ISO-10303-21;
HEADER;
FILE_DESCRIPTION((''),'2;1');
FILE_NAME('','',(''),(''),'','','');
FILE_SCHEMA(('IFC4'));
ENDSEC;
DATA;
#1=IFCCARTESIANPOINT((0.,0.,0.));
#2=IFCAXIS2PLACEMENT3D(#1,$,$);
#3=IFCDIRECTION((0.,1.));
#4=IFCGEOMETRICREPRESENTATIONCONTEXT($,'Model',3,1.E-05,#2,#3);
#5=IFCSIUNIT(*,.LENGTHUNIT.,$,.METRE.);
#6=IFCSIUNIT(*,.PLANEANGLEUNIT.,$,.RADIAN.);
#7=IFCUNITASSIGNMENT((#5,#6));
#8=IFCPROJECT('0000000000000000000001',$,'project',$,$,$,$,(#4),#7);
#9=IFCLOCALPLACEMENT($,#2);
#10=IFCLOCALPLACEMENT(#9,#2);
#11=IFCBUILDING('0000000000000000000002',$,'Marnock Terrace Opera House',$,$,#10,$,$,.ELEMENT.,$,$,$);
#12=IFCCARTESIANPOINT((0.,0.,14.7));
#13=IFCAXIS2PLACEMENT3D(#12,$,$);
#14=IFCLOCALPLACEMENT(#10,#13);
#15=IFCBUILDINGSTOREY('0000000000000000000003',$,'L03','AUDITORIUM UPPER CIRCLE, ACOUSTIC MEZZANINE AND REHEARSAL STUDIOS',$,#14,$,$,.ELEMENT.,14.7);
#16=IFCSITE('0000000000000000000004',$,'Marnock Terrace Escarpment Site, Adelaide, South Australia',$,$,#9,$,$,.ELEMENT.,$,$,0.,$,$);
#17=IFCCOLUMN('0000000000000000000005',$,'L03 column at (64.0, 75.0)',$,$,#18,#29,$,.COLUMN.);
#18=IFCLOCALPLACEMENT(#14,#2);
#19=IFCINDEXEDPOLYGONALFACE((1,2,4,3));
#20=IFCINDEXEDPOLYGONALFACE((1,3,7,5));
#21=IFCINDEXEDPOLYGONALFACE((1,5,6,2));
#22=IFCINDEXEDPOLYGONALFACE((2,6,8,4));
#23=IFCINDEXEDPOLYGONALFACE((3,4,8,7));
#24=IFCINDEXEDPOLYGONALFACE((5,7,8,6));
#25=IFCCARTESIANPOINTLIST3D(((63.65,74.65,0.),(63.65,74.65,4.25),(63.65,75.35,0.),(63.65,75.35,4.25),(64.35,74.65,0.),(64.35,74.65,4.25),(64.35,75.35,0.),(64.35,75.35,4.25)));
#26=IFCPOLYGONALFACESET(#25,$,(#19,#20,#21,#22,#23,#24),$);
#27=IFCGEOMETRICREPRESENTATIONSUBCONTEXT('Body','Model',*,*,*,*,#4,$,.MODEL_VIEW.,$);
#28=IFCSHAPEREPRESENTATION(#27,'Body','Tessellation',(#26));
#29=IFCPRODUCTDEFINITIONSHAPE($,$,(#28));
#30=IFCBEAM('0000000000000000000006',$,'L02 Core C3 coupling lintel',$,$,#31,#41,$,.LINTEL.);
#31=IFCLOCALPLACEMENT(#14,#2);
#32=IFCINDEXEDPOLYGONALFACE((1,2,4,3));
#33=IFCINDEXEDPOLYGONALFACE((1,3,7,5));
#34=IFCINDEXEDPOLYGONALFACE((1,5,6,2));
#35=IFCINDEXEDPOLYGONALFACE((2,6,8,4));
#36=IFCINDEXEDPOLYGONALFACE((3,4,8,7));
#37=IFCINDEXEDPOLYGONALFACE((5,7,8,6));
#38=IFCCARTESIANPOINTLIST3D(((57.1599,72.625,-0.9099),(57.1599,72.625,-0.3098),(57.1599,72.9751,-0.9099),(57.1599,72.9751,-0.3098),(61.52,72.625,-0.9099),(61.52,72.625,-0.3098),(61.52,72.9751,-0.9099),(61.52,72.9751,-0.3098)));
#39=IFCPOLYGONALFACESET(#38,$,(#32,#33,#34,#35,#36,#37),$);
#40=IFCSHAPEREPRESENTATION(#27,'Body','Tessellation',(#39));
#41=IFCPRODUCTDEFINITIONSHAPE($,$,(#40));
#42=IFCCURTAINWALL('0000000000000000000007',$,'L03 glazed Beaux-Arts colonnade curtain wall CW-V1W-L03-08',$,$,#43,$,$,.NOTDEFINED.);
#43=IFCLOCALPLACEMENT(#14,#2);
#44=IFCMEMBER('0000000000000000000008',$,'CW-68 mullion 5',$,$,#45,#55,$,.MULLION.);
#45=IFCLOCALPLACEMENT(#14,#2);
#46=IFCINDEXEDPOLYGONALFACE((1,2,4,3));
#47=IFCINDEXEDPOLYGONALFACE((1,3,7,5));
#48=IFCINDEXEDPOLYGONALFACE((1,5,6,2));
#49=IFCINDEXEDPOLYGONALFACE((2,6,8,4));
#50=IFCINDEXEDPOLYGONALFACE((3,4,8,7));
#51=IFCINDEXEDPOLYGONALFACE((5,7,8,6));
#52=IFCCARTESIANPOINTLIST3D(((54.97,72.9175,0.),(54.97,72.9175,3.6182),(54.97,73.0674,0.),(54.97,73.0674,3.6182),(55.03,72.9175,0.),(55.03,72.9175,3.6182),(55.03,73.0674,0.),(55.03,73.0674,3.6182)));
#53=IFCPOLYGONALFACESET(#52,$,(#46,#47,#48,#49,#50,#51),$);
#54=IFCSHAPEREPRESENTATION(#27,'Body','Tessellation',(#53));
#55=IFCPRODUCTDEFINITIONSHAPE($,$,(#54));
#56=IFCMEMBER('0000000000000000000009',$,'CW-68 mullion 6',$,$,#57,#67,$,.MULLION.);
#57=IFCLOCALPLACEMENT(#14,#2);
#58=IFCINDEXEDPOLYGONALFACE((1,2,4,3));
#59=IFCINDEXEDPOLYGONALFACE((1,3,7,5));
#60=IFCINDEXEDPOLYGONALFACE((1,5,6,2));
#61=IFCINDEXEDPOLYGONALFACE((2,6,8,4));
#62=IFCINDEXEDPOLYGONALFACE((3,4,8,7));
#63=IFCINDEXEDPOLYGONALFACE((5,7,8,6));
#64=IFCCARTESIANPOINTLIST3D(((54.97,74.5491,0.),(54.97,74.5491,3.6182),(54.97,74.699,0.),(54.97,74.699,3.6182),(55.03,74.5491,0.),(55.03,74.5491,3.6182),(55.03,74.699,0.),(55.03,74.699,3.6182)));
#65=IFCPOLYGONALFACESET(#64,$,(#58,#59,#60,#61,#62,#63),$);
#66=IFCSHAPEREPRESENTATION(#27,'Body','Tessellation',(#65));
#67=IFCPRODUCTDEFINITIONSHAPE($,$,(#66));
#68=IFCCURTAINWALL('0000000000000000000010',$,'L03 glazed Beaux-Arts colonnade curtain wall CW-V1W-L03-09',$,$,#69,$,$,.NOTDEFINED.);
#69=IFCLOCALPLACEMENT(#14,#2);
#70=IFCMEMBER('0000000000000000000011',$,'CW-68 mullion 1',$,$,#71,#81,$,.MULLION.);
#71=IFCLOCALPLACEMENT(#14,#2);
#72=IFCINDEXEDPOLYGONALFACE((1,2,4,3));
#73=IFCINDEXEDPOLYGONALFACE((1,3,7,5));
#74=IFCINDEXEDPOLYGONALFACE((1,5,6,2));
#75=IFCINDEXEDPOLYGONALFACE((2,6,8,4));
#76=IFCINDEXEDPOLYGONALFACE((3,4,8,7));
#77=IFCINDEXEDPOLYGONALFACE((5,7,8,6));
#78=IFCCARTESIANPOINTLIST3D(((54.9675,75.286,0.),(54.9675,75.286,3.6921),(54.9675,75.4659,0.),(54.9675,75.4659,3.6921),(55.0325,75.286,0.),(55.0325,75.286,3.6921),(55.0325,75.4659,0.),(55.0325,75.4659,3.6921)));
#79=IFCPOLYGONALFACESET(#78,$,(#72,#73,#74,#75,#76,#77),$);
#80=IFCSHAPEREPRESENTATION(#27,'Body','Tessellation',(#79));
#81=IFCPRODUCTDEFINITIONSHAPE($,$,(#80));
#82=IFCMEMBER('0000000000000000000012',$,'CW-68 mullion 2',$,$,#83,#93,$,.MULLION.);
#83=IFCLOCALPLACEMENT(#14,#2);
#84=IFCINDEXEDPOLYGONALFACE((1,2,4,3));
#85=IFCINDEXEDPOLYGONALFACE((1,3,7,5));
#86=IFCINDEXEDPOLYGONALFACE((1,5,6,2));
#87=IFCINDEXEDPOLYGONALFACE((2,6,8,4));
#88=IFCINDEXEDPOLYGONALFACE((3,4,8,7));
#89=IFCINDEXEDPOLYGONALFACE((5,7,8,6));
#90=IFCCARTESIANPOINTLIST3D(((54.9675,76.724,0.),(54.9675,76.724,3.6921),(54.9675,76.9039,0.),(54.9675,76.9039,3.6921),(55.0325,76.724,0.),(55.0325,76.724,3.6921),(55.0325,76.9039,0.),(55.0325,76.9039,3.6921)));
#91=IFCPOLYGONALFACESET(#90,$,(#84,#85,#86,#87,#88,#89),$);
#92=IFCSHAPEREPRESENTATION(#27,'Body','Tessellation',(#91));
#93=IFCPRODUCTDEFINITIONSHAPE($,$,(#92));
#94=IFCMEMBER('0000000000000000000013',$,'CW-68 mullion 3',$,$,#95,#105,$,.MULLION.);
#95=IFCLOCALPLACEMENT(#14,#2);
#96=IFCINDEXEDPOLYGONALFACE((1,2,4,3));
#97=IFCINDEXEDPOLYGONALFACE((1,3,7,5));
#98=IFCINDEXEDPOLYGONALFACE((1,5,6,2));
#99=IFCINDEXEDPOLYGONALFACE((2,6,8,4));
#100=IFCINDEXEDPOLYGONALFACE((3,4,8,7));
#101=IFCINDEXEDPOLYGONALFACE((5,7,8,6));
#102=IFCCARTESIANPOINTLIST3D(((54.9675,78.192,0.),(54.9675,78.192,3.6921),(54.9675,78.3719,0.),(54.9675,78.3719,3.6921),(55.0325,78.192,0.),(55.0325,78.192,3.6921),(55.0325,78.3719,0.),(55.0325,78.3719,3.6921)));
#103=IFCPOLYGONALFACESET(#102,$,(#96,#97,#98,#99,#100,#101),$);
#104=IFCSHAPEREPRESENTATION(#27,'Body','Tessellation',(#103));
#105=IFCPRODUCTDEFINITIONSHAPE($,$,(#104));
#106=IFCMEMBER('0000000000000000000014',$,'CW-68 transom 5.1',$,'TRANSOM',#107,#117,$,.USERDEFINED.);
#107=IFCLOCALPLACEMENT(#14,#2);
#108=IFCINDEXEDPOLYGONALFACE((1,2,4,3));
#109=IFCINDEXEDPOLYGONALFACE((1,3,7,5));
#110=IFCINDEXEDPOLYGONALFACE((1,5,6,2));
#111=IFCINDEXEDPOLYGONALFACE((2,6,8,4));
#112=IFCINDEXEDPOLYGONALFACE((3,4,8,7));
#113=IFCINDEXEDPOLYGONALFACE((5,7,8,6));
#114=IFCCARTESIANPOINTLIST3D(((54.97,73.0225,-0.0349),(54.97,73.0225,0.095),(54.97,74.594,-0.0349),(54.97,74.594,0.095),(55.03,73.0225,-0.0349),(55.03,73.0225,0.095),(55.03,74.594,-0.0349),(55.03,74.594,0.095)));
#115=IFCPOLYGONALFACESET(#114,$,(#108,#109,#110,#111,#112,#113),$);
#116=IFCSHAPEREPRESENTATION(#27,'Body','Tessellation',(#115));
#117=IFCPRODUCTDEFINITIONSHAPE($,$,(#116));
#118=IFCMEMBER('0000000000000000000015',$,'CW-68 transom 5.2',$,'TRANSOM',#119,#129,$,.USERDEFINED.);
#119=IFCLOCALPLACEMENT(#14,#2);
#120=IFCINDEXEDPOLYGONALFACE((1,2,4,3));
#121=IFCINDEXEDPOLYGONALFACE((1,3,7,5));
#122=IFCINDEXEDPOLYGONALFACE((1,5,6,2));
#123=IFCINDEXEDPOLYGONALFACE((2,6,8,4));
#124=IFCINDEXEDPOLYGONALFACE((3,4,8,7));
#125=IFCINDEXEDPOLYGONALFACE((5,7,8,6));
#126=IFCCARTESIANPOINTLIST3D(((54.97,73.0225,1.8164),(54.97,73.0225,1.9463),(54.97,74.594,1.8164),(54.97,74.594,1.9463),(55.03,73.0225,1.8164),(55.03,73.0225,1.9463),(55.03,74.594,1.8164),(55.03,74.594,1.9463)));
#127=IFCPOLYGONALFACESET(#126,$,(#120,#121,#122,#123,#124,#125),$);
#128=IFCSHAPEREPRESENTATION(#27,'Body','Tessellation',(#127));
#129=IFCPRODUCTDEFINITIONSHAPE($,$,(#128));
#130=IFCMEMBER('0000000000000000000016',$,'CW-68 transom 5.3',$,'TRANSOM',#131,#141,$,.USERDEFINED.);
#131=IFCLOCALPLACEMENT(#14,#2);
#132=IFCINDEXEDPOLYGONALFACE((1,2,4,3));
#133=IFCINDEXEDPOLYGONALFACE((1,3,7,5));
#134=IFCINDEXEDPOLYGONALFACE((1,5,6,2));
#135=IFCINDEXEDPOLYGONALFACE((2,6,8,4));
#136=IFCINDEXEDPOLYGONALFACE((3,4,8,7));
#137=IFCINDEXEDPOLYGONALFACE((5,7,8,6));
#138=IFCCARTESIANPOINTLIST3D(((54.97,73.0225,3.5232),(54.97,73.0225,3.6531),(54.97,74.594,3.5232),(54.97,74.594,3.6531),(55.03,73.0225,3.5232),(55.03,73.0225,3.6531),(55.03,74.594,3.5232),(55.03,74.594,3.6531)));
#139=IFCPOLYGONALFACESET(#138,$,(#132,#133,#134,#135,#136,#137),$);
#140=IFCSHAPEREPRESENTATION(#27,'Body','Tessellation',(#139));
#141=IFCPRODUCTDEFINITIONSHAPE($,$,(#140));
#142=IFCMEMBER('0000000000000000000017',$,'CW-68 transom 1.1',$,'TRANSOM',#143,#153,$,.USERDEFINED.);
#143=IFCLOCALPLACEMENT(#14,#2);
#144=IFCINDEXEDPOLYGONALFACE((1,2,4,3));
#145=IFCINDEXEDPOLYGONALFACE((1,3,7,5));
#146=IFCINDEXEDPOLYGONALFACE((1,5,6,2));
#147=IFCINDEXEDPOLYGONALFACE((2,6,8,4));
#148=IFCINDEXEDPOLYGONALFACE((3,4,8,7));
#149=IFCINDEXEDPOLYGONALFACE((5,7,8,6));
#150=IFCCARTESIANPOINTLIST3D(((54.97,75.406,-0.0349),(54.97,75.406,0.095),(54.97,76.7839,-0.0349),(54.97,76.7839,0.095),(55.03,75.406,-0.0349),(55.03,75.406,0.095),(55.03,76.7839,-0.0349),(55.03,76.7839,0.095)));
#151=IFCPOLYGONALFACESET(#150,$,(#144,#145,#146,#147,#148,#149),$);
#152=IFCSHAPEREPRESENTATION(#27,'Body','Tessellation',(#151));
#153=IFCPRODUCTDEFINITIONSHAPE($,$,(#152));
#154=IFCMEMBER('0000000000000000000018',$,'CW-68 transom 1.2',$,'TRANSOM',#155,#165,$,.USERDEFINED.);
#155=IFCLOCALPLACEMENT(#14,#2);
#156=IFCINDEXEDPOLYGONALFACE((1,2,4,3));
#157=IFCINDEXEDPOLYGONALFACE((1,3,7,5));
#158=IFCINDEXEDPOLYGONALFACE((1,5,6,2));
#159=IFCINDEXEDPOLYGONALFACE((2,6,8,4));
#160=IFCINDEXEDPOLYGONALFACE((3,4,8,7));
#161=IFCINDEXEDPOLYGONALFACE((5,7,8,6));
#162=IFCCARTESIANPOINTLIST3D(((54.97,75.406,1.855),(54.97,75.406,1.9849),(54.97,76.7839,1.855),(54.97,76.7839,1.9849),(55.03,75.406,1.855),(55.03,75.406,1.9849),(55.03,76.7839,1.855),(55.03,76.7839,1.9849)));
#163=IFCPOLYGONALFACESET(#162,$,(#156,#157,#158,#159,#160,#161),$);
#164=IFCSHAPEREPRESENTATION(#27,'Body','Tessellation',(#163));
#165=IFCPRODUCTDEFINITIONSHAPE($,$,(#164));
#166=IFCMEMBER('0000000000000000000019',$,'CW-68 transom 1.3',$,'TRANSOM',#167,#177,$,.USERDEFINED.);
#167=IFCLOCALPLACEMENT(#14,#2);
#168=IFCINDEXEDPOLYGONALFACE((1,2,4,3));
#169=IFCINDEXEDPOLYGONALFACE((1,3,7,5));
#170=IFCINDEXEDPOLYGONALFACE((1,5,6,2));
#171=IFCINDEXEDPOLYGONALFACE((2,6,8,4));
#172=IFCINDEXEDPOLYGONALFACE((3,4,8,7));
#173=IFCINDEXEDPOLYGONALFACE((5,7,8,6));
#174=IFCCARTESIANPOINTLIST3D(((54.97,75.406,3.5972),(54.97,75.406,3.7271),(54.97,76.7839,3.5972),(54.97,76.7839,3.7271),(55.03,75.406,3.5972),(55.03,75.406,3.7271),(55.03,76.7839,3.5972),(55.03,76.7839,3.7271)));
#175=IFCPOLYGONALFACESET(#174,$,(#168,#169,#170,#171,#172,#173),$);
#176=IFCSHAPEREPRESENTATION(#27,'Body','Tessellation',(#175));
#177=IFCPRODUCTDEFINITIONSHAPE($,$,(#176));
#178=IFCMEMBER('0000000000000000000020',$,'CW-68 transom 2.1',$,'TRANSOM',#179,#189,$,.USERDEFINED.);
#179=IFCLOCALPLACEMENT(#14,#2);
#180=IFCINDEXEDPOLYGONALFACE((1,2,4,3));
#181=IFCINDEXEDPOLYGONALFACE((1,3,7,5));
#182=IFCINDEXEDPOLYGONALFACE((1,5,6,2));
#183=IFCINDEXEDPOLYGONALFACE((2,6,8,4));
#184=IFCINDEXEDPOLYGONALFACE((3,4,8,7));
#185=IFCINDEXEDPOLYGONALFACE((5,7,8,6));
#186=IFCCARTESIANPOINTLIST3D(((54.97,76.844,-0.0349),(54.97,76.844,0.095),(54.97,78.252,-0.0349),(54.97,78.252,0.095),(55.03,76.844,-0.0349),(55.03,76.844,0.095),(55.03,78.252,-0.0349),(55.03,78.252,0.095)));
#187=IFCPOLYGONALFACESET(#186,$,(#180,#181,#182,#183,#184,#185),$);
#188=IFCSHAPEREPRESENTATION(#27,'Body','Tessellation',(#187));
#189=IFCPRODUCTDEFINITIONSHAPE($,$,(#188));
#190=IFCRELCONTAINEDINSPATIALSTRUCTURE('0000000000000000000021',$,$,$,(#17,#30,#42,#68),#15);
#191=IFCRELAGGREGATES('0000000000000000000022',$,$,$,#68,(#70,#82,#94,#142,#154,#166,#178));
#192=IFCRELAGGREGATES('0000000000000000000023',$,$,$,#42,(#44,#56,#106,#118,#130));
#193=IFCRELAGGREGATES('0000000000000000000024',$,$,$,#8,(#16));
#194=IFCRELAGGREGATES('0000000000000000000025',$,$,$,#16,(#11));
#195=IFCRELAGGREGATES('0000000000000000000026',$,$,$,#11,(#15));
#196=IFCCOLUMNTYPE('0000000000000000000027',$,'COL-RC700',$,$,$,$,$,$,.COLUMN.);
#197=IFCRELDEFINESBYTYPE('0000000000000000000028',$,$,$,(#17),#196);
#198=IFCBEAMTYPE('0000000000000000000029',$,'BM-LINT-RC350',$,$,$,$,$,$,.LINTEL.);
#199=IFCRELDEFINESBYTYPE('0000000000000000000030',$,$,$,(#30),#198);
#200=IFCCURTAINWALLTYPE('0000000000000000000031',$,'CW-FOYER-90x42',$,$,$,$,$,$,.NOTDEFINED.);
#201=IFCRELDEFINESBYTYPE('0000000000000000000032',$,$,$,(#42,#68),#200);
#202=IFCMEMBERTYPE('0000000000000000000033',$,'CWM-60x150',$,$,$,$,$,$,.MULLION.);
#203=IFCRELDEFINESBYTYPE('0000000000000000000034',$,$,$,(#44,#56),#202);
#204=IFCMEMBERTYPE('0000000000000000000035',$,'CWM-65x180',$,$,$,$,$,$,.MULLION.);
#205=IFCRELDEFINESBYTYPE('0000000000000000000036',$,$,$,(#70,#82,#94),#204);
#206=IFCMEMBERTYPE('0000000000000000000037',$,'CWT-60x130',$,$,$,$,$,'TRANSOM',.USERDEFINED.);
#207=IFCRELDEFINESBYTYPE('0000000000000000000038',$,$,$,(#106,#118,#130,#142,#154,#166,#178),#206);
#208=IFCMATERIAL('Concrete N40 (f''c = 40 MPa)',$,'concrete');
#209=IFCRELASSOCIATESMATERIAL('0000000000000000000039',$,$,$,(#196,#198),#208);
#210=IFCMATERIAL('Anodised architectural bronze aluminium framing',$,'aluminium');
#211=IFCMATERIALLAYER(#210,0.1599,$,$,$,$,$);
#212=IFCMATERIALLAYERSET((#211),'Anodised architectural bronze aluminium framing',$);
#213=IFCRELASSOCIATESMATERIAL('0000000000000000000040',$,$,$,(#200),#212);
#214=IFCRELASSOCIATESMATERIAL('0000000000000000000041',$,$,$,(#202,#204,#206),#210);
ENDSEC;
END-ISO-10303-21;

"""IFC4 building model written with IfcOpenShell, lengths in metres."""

from ifc_helpers import new_model, si_unit, direction, frame, origin, origin_2d, place, context, subcontext, project, spatial, rectangle, extrude, material, layer, layer_set, material_profile, profile_set, type_object, element, aggregate, save


model = new_model("IFC4")

# Units and contexts
model_context = context("Model", 3, precision=1e-05, world=origin(), true_north=direction((0.0, 1.0)))
body_context = subcontext(model_context, "Body", "Model", "MODEL_VIEW")
ifc_project = project(units=[si_unit("LENGTHUNIT", "METRE"), si_unit("PLANEANGLEUNIT", "RADIAN")], contexts=[model_context])

# Site, building, storey
site_placement = place(None, origin())
site = spatial("IfcSite", under=ifc_project, at=site_placement, Name="Marnock Terrace Escarpment Site, Adelaide, South Australia", CompositionType="ELEMENT", RefElevation=0.0)
building_placement = place(site_placement, origin())
building = spatial("IfcBuilding", under=site, at=building_placement, Name="Marnock Terrace Opera House", CompositionType="ELEMENT")
storey_placement = place(building_placement, frame((0.0, 0.0, 14.7)))
storey = spatial("IfcBuildingStorey", under=building, at=storey_placement, Name="L03", Description="AUDITORIUM UPPER CIRCLE, ACOUSTIC MEZZANINE AND REHEARSAL STUDIOS", CompositionType="ELEMENT", Elevation=14.7)

# Column
ifc_material_1 = material(Name="Concrete N40 (f'c = 40 MPa)", Category="concrete")
ifc_material_profile_1 = material_profile(ifc_material_1, rectangle(XDim=0.7, YDim=0.7, at=origin_2d()))
ifc_profile_set_1 = profile_set([ifc_material_profile_1], Name="Concrete N40 (f'c = 40 MPa)")
column_type = type_object("IfcColumnType", Name="COL-RC700", PredefinedType="COLUMN", material=ifc_profile_set_1)
column_placement = place(storey_placement, frame((64.0, 75.0, 0.0), z_axis=(0.0, 0.0, 1.0), x_axis=(1.0, 0.0, 0.0)))
element("IfcColumn", 1, at=column_placement, inside=storey, type_object=column_type, Name="L03 column at (64.0, 75.0)", PredefinedType="COLUMN", context=body_context, shape_type="SweptSolid", body=[
    extrude(rectangle(XDim=0.7, YDim=0.7, at=origin_2d()), origin(), (0.0, 0.0, 1.0), 4.25),
])

# Beam
ifc_material_profile_2 = material_profile(ifc_material_1, rectangle(XDim=0.3501, YDim=0.6001, at=origin_2d()))
ifc_profile_set_2 = profile_set([ifc_material_profile_2], Name="Concrete N40 (f'c = 40 MPa)")
beam_type = type_object("IfcBeamType", Name="BM-LINT-RC350", PredefinedType="LINTEL", material=ifc_profile_set_2)
beam_placement = place(storey_placement, frame((57.1599, 72.8, -0.6099), z_axis=(1.0, 0.0, 0.0), x_axis=(0.0, 1.0, 0.0)))
element("IfcBeam", 2, at=beam_placement, inside=storey, type_object=beam_type, Name="L02 Core C3 coupling lintel", PredefinedType="LINTEL", context=body_context, shape_type="SweptSolid", body=[
    extrude(rectangle(XDim=0.3501, YDim=0.6001, at=origin_2d()), origin(), (0.0, 0.0, 1.0), 4.3601),
])

# Curtain walls, members
ifc_material_2 = material(Name="Anodised architectural bronze aluminium framing", Category="aluminium")
ifc_layer_1 = layer(ifc_material_2, 0.1599)
ifc_layer_set_1 = layer_set([ifc_layer_1], Name="Anodised architectural bronze aluminium framing")
curtain_wall_type = type_object("IfcCurtainWallType", Name="CW-FOYER-90x42", PredefinedType="NOTDEFINED", material=ifc_layer_set_1)
curtain_wall_1_placement = place(storey_placement, origin())
curtain_wall_1 = element("IfcCurtainWall", 3, at=curtain_wall_1_placement, inside=storey, type_object=curtain_wall_type, Name="L03 glazed Beaux-Arts colonnade curtain wall CW-V1W-L03-08", PredefinedType="NOTDEFINED")
ifc_material_profile_3 = material_profile(ifc_material_2, rectangle(XDim=0.0601, YDim=0.1499, at=origin_2d()))
ifc_profile_set_3 = profile_set([ifc_material_profile_3], Name="Anodised architectural bronze aluminium framing")
member_type_1 = type_object("IfcMemberType", Name="CWM-60x150", PredefinedType="MULLION", material=ifc_profile_set_3)
member_1_placement = place(storey_placement, frame((55.0, 72.9924, 0.0), z_axis=(0.0, 0.0, 1.0), x_axis=(-1.0, 0.0, 0.0)))
member_1 = element("IfcMember", 4, at=member_1_placement, type_object=member_type_1, Name="CW-68 mullion 5", PredefinedType="MULLION", context=body_context, shape_type="SweptSolid", body=[
    extrude(rectangle(XDim=0.0601, YDim=0.1499, at=origin_2d()), origin(), (0.0, 0.0, 1.0), 3.6182),
])
member_2_placement = place(storey_placement, frame((55.0, 74.624, 0.0), z_axis=(0.0, 0.0, 1.0), x_axis=(-1.0, 0.0, 0.0)))
member_2 = element("IfcMember", 5, at=member_2_placement, type_object=member_type_1, Name="CW-68 mullion 6", PredefinedType="MULLION", context=body_context, shape_type="SweptSolid", body=[
    extrude(rectangle(XDim=0.0601, YDim=0.1499, at=origin_2d()), origin(), (0.0, 0.0, 1.0), 3.6182),
])
curtain_wall_2_placement = place(storey_placement, origin())
curtain_wall_2 = element("IfcCurtainWall", 6, at=curtain_wall_2_placement, inside=storey, type_object=curtain_wall_type, Name="L03 glazed Beaux-Arts colonnade curtain wall CW-V1W-L03-09", PredefinedType="NOTDEFINED")
ifc_material_profile_4 = material_profile(ifc_material_2, rectangle(XDim=0.0649, YDim=0.1799, at=origin_2d()))
ifc_profile_set_4 = profile_set([ifc_material_profile_4], Name="Anodised architectural bronze aluminium framing")
member_type_2 = type_object("IfcMemberType", Name="CWM-65x180", PredefinedType="MULLION", material=ifc_profile_set_4)
member_3_placement = place(storey_placement, frame((55.0, 75.376, 0.0), z_axis=(0.0, 0.0, 1.0), x_axis=(-1.0, 0.0, 0.0)))
member_3 = element("IfcMember", 7, at=member_3_placement, type_object=member_type_2, Name="CW-68 mullion 1", PredefinedType="MULLION", context=body_context, shape_type="SweptSolid", body=[
    extrude(rectangle(XDim=0.0649, YDim=0.1799, at=origin_2d()), origin(), (0.0, 0.0, 1.0), 3.6921),
])
member_4_placement = place(storey_placement, frame((55.0, 76.814, 0.0), z_axis=(0.0, 0.0, 1.0), x_axis=(-1.0, 0.0, 0.0)))
member_4 = element("IfcMember", 8, at=member_4_placement, type_object=member_type_2, Name="CW-68 mullion 2", PredefinedType="MULLION", context=body_context, shape_type="SweptSolid", body=[
    extrude(rectangle(XDim=0.0649, YDim=0.1799, at=origin_2d()), origin(), (0.0, 0.0, 1.0), 3.6921),
])
member_5_placement = place(storey_placement, frame((55.0, 78.282, 0.0), z_axis=(0.0, 0.0, 1.0), x_axis=(-1.0, 0.0, 0.0)))
member_5 = element("IfcMember", 9, at=member_5_placement, type_object=member_type_2, Name="CW-68 mullion 3", PredefinedType="MULLION", context=body_context, shape_type="SweptSolid", body=[
    extrude(rectangle(XDim=0.0649, YDim=0.1799, at=origin_2d()), origin(), (0.0, 0.0, 1.0), 3.6921),
])

# Members
ifc_material_profile_5 = material_profile(ifc_material_2, rectangle(XDim=0.0601, YDim=0.1299, at=origin_2d()))
ifc_profile_set_5 = profile_set([ifc_material_profile_5], Name="Anodised architectural bronze aluminium framing")
member_type_3 = type_object("IfcMemberType", Name="CWT-60x130", ElementType="TRANSOM", PredefinedType="USERDEFINED", material=ifc_profile_set_5)
member_6_placement = place(storey_placement, frame((55.0, 73.0225, 0.03), z_axis=(0.0, 1.0, 0.0), x_axis=(-1.0, 0.0, 0.0)))
member_6 = element("IfcMember", 10, at=member_6_placement, type_object=member_type_3, Name="CW-68 transom 5.1", ObjectType="TRANSOM", PredefinedType="USERDEFINED", context=body_context, shape_type="SweptSolid", body=[
    extrude(rectangle(XDim=0.0601, YDim=0.1299, at=origin_2d()), origin(), (0.0, 0.0, 1.0), 1.5715),
])
member_7_placement = place(storey_placement, frame((55.0, 73.0225, 1.8813), z_axis=(0.0, 1.0, 0.0), x_axis=(-1.0, 0.0, 0.0)))
member_7 = element("IfcMember", 11, at=member_7_placement, type_object=member_type_3, Name="CW-68 transom 5.2", ObjectType="TRANSOM", PredefinedType="USERDEFINED", context=body_context, shape_type="SweptSolid", body=[
    extrude(rectangle(XDim=0.0601, YDim=0.1299, at=origin_2d()), origin(), (0.0, 0.0, 1.0), 1.5715),
])
member_8_placement = place(storey_placement, frame((55.0, 73.0225, 3.5881), z_axis=(0.0, 1.0, 0.0), x_axis=(-1.0, 0.0, 0.0)))
member_8 = element("IfcMember", 12, at=member_8_placement, type_object=member_type_3, Name="CW-68 transom 5.3", ObjectType="TRANSOM", PredefinedType="USERDEFINED", context=body_context, shape_type="SweptSolid", body=[
    extrude(rectangle(XDim=0.0601, YDim=0.1299, at=origin_2d()), origin(), (0.0, 0.0, 1.0), 1.5715),
])
member_9_placement = place(storey_placement, frame((55.0, 75.406, 0.03), z_axis=(0.0, 1.0, 0.0), x_axis=(-1.0, 0.0, 0.0)))
member_9 = element("IfcMember", 13, at=member_9_placement, type_object=member_type_3, Name="CW-68 transom 1.1", ObjectType="TRANSOM", PredefinedType="USERDEFINED", context=body_context, shape_type="SweptSolid", body=[
    extrude(rectangle(XDim=0.0601, YDim=0.1299, at=origin_2d()), origin(), (0.0, 0.0, 1.0), 1.3779),
])
member_10_placement = place(storey_placement, frame((55.0, 75.406, 1.9199), z_axis=(0.0, 1.0, 0.0), x_axis=(-1.0, 0.0, 0.0)))
member_10 = element("IfcMember", 14, at=member_10_placement, type_object=member_type_3, Name="CW-68 transom 1.2", ObjectType="TRANSOM", PredefinedType="USERDEFINED", context=body_context, shape_type="SweptSolid", body=[
    extrude(rectangle(XDim=0.0601, YDim=0.1299, at=origin_2d()), origin(), (0.0, 0.0, 1.0), 1.3779),
])
member_11_placement = place(storey_placement, frame((55.0, 75.406, 3.6621), z_axis=(0.0, 1.0, 0.0), x_axis=(-1.0, 0.0, 0.0)))
member_11 = element("IfcMember", 15, at=member_11_placement, type_object=member_type_3, Name="CW-68 transom 1.3", ObjectType="TRANSOM", PredefinedType="USERDEFINED", context=body_context, shape_type="SweptSolid", body=[
    extrude(rectangle(XDim=0.0601, YDim=0.1299, at=origin_2d()), origin(), (0.0, 0.0, 1.0), 1.3779),
])
member_12_placement = place(storey_placement, frame((55.0, 76.844, 0.03), z_axis=(0.0, 1.0, 0.0), x_axis=(-1.0, 0.0, 0.0)))
member_12 = element("IfcMember", 16, at=member_12_placement, type_object=member_type_3, Name="CW-68 transom 2.1", ObjectType="TRANSOM", PredefinedType="USERDEFINED", context=body_context, shape_type="SweptSolid", body=[
    extrude(rectangle(XDim=0.0601, YDim=0.1299, at=origin_2d()), origin(), (0.0, 0.0, 1.0), 1.408),
])

aggregate(curtain_wall_2, [member_3, member_4, member_5, member_9, member_10, member_11, member_12])
aggregate(curtain_wall_1, [member_1, member_2, member_6, member_7, member_8])

save(model, "model.ifc")
